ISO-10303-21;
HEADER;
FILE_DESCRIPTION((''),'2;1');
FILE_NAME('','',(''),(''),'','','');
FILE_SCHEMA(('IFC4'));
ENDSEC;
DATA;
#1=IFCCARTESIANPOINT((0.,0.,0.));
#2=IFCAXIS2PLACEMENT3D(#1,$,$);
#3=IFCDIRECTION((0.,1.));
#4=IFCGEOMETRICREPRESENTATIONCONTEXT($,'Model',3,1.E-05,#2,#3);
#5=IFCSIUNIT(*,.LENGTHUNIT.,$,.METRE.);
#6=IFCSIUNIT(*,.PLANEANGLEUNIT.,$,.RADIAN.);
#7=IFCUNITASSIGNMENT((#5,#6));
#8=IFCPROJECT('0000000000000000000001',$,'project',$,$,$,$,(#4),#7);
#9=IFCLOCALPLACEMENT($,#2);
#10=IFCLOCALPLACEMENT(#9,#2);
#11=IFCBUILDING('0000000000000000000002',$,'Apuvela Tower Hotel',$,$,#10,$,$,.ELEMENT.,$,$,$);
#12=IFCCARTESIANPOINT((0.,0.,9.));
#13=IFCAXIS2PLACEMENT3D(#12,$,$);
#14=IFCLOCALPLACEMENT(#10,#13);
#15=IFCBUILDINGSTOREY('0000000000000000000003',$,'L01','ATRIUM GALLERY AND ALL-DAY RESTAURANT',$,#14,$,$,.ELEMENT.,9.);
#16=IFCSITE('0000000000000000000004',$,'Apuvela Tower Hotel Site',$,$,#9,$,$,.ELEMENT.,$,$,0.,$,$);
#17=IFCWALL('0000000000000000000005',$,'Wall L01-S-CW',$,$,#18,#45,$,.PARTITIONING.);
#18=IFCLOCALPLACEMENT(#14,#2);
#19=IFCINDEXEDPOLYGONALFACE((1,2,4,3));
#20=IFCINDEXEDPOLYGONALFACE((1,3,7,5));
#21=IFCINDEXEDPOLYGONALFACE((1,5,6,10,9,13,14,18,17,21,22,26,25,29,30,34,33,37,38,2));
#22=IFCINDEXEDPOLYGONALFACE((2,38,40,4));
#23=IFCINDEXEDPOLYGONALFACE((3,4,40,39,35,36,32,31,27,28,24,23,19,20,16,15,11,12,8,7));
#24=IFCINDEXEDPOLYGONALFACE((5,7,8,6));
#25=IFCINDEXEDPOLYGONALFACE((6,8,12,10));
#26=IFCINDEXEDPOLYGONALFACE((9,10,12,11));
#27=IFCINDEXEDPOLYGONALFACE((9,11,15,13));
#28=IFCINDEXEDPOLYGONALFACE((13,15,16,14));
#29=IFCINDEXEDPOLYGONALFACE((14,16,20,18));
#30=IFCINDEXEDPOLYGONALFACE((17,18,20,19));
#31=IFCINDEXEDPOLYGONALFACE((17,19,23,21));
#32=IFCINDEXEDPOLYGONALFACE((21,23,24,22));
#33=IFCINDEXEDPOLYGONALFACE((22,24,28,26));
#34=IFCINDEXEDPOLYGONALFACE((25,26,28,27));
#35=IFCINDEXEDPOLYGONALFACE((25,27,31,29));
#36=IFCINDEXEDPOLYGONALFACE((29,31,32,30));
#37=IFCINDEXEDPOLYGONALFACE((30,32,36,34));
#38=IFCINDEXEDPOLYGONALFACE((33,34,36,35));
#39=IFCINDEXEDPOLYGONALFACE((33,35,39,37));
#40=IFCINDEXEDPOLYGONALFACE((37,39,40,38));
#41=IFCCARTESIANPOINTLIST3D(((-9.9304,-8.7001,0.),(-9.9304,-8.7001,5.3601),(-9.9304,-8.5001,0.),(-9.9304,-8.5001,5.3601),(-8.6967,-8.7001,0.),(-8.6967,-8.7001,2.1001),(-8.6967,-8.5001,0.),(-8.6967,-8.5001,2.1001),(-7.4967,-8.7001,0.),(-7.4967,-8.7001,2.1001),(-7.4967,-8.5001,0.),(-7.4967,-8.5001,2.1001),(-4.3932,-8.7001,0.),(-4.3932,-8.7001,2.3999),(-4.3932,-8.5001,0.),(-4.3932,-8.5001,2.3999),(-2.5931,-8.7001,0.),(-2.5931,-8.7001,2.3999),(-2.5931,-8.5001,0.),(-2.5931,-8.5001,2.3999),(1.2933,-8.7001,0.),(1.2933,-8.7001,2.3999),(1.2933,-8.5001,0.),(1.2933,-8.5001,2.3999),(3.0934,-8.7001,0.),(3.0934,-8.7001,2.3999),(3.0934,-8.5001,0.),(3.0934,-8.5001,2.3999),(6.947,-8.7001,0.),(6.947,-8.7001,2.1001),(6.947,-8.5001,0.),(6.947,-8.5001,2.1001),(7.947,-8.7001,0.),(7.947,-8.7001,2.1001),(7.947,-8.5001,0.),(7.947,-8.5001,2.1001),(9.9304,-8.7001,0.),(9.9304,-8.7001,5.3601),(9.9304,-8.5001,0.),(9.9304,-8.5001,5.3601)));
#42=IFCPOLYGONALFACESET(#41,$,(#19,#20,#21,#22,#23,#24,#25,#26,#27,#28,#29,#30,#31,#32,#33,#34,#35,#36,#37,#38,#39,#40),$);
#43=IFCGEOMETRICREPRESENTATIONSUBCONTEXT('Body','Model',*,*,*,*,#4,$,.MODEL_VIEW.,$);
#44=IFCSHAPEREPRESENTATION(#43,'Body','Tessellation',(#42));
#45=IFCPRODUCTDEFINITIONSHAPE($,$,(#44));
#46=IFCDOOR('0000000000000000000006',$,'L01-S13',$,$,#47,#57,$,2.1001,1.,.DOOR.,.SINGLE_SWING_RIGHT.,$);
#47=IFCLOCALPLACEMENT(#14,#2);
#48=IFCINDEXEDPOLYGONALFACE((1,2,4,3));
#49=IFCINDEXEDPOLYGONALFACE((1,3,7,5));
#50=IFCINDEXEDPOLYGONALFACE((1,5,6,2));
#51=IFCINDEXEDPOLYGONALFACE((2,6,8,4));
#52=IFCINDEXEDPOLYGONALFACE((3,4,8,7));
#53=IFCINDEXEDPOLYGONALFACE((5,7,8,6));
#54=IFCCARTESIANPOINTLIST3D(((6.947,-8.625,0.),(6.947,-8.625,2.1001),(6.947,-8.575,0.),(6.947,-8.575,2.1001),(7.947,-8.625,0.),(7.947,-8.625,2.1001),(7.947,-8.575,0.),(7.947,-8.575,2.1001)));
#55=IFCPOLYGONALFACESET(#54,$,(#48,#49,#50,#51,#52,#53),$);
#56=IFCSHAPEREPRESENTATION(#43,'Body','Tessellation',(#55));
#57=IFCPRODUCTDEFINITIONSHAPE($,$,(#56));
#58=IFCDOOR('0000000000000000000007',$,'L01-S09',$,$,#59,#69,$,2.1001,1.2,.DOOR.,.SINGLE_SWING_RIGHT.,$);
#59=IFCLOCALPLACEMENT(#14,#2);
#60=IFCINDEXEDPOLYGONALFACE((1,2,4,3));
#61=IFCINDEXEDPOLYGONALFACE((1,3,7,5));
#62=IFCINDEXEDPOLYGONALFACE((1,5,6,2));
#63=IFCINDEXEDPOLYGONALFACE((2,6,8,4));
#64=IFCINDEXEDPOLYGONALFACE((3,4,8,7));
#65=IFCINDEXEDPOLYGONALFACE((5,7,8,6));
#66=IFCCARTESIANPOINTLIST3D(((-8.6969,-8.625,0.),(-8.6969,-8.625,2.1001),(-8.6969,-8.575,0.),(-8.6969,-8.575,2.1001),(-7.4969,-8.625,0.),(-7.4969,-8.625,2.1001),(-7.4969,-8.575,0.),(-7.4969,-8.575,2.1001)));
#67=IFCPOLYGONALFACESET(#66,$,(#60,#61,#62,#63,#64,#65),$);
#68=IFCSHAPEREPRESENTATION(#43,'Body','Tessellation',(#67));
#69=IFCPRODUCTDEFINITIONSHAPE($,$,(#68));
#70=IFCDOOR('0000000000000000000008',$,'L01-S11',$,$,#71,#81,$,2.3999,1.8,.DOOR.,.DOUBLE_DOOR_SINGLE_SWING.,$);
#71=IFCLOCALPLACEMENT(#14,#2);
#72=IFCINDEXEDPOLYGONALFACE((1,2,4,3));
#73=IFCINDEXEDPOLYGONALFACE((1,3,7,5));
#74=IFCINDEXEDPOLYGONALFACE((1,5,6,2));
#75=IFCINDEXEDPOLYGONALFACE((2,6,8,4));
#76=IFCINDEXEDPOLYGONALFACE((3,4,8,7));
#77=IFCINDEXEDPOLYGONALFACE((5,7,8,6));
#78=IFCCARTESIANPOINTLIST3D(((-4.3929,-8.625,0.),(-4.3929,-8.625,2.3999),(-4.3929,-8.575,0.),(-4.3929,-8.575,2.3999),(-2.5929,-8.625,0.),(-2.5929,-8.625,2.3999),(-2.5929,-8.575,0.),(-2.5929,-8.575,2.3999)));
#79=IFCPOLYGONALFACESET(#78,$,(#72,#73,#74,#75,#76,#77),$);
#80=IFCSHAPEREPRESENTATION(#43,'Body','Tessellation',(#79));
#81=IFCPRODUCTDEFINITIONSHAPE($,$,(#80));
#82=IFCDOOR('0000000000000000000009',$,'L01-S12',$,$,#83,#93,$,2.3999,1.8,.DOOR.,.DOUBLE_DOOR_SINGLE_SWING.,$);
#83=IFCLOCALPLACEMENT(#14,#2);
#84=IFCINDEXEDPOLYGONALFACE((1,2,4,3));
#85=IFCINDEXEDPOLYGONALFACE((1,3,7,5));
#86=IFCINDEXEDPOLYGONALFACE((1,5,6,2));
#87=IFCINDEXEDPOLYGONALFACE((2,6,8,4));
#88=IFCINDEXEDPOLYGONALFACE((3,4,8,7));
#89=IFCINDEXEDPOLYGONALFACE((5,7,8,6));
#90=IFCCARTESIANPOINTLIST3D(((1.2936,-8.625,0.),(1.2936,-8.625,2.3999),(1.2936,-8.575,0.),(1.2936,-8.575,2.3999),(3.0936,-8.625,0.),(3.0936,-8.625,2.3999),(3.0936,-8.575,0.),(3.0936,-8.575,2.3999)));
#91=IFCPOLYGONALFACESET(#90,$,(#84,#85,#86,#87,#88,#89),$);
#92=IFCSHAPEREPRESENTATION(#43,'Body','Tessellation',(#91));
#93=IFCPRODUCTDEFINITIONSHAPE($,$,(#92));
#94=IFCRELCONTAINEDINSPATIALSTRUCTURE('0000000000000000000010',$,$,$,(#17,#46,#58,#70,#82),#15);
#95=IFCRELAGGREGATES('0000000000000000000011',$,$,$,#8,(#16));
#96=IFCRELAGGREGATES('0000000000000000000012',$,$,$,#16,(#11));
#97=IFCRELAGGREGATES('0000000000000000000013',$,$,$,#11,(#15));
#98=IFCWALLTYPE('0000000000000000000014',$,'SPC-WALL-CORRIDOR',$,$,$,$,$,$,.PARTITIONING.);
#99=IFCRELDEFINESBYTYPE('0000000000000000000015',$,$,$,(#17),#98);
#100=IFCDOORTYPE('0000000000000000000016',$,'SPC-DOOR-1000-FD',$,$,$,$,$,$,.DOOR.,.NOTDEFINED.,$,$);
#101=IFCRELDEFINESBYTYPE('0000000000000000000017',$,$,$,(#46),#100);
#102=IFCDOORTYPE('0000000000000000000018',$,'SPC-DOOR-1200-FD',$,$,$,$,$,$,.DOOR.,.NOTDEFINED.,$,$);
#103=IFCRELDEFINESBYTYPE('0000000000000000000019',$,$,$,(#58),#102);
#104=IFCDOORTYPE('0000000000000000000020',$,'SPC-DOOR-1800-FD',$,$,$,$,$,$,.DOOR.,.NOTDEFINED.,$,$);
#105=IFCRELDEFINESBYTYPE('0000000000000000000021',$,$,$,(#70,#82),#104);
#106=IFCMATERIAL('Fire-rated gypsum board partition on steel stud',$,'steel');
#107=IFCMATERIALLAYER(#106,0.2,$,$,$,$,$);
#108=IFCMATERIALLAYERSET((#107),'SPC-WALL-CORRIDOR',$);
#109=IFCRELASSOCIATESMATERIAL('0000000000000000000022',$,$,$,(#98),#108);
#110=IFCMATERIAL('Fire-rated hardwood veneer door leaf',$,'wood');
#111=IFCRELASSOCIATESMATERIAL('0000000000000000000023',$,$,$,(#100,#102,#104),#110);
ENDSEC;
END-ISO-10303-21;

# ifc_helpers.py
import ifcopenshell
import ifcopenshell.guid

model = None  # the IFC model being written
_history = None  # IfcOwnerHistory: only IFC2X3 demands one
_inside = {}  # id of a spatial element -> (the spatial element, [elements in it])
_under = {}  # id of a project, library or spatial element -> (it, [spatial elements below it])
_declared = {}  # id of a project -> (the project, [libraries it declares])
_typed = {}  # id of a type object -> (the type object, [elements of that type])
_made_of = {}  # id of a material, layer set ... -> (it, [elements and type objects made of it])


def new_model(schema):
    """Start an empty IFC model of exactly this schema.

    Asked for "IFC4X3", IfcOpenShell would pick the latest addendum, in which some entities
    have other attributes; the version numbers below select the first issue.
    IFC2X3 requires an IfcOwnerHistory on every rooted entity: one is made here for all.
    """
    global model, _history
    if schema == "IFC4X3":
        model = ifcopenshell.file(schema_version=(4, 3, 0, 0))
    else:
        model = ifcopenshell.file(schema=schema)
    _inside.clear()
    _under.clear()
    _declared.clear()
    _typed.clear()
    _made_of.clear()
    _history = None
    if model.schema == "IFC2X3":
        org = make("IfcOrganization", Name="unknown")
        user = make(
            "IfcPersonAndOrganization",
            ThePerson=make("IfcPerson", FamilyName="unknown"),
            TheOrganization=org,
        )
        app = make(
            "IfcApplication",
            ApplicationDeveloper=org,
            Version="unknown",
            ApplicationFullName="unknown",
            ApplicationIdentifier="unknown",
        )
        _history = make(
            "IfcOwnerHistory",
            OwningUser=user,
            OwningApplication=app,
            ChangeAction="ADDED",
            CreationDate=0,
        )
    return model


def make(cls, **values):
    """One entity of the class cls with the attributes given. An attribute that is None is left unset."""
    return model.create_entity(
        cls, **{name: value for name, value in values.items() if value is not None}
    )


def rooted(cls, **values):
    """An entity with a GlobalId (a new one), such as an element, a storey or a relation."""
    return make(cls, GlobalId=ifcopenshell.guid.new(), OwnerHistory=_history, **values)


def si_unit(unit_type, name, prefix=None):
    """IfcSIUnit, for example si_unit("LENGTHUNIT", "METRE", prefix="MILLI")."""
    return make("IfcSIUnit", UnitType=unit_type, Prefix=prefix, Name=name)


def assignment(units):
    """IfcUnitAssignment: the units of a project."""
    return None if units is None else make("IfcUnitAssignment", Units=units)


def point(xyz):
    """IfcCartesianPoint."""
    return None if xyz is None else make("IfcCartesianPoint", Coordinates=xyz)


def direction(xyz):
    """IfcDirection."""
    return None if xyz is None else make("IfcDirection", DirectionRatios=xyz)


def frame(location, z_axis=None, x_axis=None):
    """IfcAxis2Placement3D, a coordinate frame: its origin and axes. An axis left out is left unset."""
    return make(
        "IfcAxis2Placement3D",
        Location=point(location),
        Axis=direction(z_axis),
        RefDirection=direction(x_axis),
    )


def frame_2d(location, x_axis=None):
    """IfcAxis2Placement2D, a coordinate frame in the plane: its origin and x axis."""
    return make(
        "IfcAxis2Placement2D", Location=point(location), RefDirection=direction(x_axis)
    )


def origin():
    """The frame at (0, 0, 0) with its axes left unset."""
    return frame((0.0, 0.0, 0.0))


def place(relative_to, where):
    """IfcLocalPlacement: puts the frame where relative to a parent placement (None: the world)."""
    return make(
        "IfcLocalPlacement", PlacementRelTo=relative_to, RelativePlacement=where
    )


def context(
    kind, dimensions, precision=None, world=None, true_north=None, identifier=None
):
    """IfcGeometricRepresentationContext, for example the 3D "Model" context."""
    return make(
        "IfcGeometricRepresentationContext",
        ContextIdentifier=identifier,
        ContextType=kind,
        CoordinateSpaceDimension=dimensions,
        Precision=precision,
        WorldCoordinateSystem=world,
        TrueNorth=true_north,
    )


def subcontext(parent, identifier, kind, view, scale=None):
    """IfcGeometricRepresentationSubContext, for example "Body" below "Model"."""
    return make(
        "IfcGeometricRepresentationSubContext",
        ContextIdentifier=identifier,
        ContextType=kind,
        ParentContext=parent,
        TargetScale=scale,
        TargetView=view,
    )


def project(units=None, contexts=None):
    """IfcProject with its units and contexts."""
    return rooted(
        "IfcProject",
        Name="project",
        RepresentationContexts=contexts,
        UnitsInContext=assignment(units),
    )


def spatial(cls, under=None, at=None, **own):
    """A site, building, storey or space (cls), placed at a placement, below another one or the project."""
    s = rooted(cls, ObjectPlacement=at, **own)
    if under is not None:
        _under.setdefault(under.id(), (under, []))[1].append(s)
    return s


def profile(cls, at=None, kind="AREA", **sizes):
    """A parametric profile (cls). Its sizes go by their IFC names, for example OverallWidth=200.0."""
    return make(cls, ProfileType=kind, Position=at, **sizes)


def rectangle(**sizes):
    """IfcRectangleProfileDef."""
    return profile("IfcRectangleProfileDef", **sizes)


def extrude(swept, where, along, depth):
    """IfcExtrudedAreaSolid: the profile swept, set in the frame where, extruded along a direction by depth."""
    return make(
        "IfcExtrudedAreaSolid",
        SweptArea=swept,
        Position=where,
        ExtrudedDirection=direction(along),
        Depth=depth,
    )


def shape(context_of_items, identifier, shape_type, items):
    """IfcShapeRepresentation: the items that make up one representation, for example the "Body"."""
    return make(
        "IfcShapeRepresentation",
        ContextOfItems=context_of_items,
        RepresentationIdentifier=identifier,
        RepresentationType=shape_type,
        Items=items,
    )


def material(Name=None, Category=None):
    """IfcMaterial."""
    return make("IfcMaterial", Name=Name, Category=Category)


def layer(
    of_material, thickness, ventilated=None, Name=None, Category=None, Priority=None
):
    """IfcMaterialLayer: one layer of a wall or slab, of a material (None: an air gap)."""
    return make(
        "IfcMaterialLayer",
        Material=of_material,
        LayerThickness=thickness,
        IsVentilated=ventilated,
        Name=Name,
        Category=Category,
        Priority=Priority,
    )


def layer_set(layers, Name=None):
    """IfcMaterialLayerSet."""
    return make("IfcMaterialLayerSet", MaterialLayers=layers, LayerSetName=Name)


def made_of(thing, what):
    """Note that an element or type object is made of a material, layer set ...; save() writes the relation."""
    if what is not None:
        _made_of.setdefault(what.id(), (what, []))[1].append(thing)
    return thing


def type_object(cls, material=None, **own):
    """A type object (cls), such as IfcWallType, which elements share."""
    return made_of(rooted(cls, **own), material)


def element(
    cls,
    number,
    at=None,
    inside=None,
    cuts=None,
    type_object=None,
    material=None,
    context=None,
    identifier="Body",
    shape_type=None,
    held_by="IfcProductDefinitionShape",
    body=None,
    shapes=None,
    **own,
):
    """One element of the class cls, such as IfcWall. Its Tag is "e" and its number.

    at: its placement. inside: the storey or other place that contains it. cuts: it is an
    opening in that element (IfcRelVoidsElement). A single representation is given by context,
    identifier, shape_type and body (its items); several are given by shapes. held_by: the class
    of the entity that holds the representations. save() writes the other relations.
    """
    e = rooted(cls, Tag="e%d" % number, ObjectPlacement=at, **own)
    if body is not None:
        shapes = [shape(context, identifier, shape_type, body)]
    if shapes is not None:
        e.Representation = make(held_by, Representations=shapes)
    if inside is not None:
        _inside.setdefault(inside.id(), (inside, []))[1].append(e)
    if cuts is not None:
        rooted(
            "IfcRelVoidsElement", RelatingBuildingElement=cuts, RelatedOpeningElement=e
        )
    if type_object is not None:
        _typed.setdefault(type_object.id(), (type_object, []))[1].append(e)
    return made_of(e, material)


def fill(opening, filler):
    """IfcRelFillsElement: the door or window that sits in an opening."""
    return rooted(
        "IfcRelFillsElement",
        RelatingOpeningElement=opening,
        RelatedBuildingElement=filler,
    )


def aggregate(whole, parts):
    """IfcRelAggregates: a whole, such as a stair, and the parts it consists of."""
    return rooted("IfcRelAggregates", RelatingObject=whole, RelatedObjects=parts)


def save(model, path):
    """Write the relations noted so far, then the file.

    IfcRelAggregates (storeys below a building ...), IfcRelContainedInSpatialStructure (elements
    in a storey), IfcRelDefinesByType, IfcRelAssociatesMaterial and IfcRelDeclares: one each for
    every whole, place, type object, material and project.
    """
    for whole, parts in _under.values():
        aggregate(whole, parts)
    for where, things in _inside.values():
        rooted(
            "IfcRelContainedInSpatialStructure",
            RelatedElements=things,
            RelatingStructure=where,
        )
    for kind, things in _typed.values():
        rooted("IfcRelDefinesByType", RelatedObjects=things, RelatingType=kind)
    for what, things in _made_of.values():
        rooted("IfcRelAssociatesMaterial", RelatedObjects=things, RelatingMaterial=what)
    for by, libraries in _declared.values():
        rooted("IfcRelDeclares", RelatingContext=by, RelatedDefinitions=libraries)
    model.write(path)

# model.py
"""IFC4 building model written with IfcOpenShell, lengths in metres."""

from ifc_helpers import new_model, si_unit, direction, frame, frame_2d, origin, place, context, subcontext, project, spatial, rectangle, extrude, material, layer, layer_set, type_object, element, fill, save


model = new_model("IFC4")

# Units and contexts
model_context = context("Model", 3, precision=1e-05, world=origin(), true_north=direction((0.0, 1.0)))
body_context = subcontext(model_context, "Body", "Model", "MODEL_VIEW")
ifc_project = project(units=[si_unit("LENGTHUNIT", "METRE"), si_unit("PLANEANGLEUNIT", "RADIAN")], contexts=[model_context])

# Site, building, storey
site_placement = place(None, origin())
site = spatial("IfcSite", under=ifc_project, at=site_placement, Name="Apuvela Tower Hotel Site", CompositionType="ELEMENT", RefElevation=0.0)
building_placement = place(site_placement, origin())
building = spatial("IfcBuilding", under=site, at=building_placement, Name="Apuvela Tower Hotel", CompositionType="ELEMENT")
storey_placement = place(building_placement, frame((0.0, 0.0, 9.0)))
storey = spatial("IfcBuildingStorey", under=building, at=storey_placement, Name="L01", Description="ATRIUM GALLERY AND ALL-DAY RESTAURANT", CompositionType="ELEMENT", Elevation=9.0)

# Wall, openings, doors
ifc_material_1 = material(Name="Fire-rated gypsum board partition on steel stud", Category="steel")
ifc_layer_1 = layer(ifc_material_1, 0.2)
ifc_layer_set_1 = layer_set([ifc_layer_1], Name="SPC-WALL-CORRIDOR")
wall_type_1 = type_object("IfcWallType", Name="SPC-WALL-CORRIDOR", PredefinedType="PARTITIONING", material=ifc_layer_set_1)
wall_1_placement = place(storey_placement, frame((-9.9304, -8.6001, 0.0), z_axis=(0.0, 0.0, 1.0), x_axis=(1.0, 0.0, 0.0)))
wall_1 = element("IfcWall", 1, at=wall_1_placement, inside=storey, type_object=wall_type_1, Name="Wall L01-S-CW", PredefinedType="PARTITIONING", context=body_context, shape_type="SweptSolid", body=[
    extrude(rectangle(XDim=19.8608, YDim=0.2, at=frame_2d((9.9304, 0.0))), origin(), (0.0, 0.0, 1.0), 5.3601),
])
opening_1_placement = place(wall_1_placement, frame((1.2336, 0.0, 0.0)))
opening_1 = element("IfcOpeningElement", 2, at=opening_1_placement, cuts=wall_1, PredefinedType="OPENING", context=body_context, shape_type="SweptSolid", body=[
    extrude(rectangle(XDim=1.2, YDim=2.1001, at=frame_2d((0.6001, 1.05))), frame((0.0, 0.1099, 0.0), z_axis=(0.0, -1.0, 0.0), x_axis=(1.0, 0.0, 0.0)), (0.0, 0.0, 1.0), 0.22),
])
opening_2_placement = place(wall_1_placement, frame((5.5374, 0.0, 0.0)))
opening_2 = element("IfcOpeningElement", 3, at=opening_2_placement, cuts=wall_1, PredefinedType="OPENING", context=body_context, shape_type="SweptSolid", body=[
    extrude(rectangle(XDim=1.8, YDim=2.3999, at=frame_2d((0.8999, 1.2))), frame((0.0, 0.1099, 0.0), z_axis=(0.0, -1.0, 0.0), x_axis=(1.0, 0.0, 0.0)), (0.0, 0.0, 1.0), 0.22),
])
opening_3_placement = place(wall_1_placement, frame((11.2239, 0.0, 0.0)))
opening_3 = element("IfcOpeningElement", 4, at=opening_3_placement, cuts=wall_1, PredefinedType="OPENING", context=body_context, shape_type="SweptSolid", body=[
    extrude(rectangle(XDim=1.8, YDim=2.3999, at=frame_2d((0.8999, 1.2))), frame((0.0, 0.1099, 0.0), z_axis=(0.0, -1.0, 0.0), x_axis=(1.0, 0.0, 0.0)), (0.0, 0.0, 1.0), 0.22),
])
opening_4_placement = place(wall_1_placement, frame((16.8774, 0.0, 0.0)))
opening_4 = element("IfcOpeningElement", 5, at=opening_4_placement, cuts=wall_1, PredefinedType="OPENING", context=body_context, shape_type="SweptSolid", body=[
    extrude(rectangle(XDim=1.0, YDim=2.1001, at=frame_2d((0.5, 1.05))), frame((0.0, 0.1099, 0.0), z_axis=(0.0, -1.0, 0.0), x_axis=(1.0, 0.0, 0.0)), (0.0, 0.0, 1.0), 0.22),
])
ifc_material_2 = material(Name="Fire-rated hardwood veneer door leaf", Category="wood")
door_type_1 = type_object("IfcDoorType", Name="SPC-DOOR-1000-FD", OperationType="NOTDEFINED", PredefinedType="DOOR", material=ifc_material_2)
door_1_placement = place(opening_4_placement, frame((1.0, 0.0, 0.0), z_axis=(0.0, 0.0, 1.0), x_axis=(-1.0, 0.0, 0.0)))
door_1 = element("IfcDoor", 6, at=door_1_placement, inside=storey, type_object=door_type_1, Name="L01-S13", OperationType="SINGLE_SWING_RIGHT", OverallHeight=2.1001, OverallWidth=1.0, PredefinedType="DOOR", context=body_context, shape_type="SweptSolid", body=[
    extrude(rectangle(XDim=1.0, YDim=2.1001, at=frame_2d((0.5, 1.05))), frame((0.0, 0.0249, 0.0), z_axis=(0.0, -1.0, 0.0), x_axis=(1.0, 0.0, 0.0)), (0.0, 0.0, 1.0), 0.05),
])
fill(opening_4, door_1)
door_type_2 = type_object("IfcDoorType", Name="SPC-DOOR-1200-FD", OperationType="NOTDEFINED", PredefinedType="DOOR", material=ifc_material_2)
door_2_placement = place(opening_1_placement, frame((1.2, 0.0, 0.0), z_axis=(0.0, 0.0, 1.0), x_axis=(-1.0, 0.0, 0.0)))
door_2 = element("IfcDoor", 7, at=door_2_placement, inside=storey, type_object=door_type_2, Name="L01-S09", OperationType="SINGLE_SWING_RIGHT", OverallHeight=2.1001, OverallWidth=1.2, PredefinedType="DOOR", context=body_context, shape_type="SweptSolid", body=[
    extrude(rectangle(XDim=1.2, YDim=2.1001, at=frame_2d((0.6001, 1.05))), frame((0.0, 0.0249, 0.0), z_axis=(0.0, -1.0, 0.0), x_axis=(1.0, 0.0, 0.0)), (0.0, 0.0, 1.0), 0.05),
])
fill(opening_1, door_2)
door_type_3 = type_object("IfcDoorType", Name="SPC-DOOR-1800-FD", OperationType="NOTDEFINED", PredefinedType="DOOR", material=ifc_material_2)
door_3_placement = place(opening_2_placement, frame((1.8, 0.0, 0.0), z_axis=(0.0, 0.0, 1.0), x_axis=(-1.0, 0.0, 0.0)))
door_3 = element("IfcDoor", 8, at=door_3_placement, inside=storey, type_object=door_type_3, Name="L01-S11", OperationType="DOUBLE_DOOR_SINGLE_SWING", OverallHeight=2.3999, OverallWidth=1.8, PredefinedType="DOOR", context=body_context, shape_type="SweptSolid", body=[
    extrude(rectangle(XDim=1.8, YDim=2.3999, at=frame_2d((0.8999, 1.2))), frame((0.0, 0.0249, 0.0), z_axis=(0.0, -1.0, 0.0), x_axis=(1.0, 0.0, 0.0)), (0.0, 0.0, 1.0), 0.05),
])
fill(opening_2, door_3)
door_4_placement = place(opening_3_placement, frame((1.8, 0.0, 0.0), z_axis=(0.0, 0.0, 1.0), x_axis=(-1.0, 0.0, 0.0)))
door_4 = element("IfcDoor", 9, at=door_4_placement, inside=storey, type_object=door_type_3, Name="L01-S12", OperationType="DOUBLE_DOOR_SINGLE_SWING", OverallHeight=2.3999, OverallWidth=1.8, PredefinedType="DOOR", context=body_context, shape_type="SweptSolid", body=[
    extrude(rectangle(XDim=1.8, YDim=2.3999, at=frame_2d((0.8999, 1.2))), frame((0.0, 0.0249, 0.0), z_axis=(0.0, -1.0, 0.0), x_axis=(1.0, 0.0, 0.0)), (0.0, 0.0, 1.0), 0.05),
])
fill(opening_3, door_4)

save(model, "model.ifc")
